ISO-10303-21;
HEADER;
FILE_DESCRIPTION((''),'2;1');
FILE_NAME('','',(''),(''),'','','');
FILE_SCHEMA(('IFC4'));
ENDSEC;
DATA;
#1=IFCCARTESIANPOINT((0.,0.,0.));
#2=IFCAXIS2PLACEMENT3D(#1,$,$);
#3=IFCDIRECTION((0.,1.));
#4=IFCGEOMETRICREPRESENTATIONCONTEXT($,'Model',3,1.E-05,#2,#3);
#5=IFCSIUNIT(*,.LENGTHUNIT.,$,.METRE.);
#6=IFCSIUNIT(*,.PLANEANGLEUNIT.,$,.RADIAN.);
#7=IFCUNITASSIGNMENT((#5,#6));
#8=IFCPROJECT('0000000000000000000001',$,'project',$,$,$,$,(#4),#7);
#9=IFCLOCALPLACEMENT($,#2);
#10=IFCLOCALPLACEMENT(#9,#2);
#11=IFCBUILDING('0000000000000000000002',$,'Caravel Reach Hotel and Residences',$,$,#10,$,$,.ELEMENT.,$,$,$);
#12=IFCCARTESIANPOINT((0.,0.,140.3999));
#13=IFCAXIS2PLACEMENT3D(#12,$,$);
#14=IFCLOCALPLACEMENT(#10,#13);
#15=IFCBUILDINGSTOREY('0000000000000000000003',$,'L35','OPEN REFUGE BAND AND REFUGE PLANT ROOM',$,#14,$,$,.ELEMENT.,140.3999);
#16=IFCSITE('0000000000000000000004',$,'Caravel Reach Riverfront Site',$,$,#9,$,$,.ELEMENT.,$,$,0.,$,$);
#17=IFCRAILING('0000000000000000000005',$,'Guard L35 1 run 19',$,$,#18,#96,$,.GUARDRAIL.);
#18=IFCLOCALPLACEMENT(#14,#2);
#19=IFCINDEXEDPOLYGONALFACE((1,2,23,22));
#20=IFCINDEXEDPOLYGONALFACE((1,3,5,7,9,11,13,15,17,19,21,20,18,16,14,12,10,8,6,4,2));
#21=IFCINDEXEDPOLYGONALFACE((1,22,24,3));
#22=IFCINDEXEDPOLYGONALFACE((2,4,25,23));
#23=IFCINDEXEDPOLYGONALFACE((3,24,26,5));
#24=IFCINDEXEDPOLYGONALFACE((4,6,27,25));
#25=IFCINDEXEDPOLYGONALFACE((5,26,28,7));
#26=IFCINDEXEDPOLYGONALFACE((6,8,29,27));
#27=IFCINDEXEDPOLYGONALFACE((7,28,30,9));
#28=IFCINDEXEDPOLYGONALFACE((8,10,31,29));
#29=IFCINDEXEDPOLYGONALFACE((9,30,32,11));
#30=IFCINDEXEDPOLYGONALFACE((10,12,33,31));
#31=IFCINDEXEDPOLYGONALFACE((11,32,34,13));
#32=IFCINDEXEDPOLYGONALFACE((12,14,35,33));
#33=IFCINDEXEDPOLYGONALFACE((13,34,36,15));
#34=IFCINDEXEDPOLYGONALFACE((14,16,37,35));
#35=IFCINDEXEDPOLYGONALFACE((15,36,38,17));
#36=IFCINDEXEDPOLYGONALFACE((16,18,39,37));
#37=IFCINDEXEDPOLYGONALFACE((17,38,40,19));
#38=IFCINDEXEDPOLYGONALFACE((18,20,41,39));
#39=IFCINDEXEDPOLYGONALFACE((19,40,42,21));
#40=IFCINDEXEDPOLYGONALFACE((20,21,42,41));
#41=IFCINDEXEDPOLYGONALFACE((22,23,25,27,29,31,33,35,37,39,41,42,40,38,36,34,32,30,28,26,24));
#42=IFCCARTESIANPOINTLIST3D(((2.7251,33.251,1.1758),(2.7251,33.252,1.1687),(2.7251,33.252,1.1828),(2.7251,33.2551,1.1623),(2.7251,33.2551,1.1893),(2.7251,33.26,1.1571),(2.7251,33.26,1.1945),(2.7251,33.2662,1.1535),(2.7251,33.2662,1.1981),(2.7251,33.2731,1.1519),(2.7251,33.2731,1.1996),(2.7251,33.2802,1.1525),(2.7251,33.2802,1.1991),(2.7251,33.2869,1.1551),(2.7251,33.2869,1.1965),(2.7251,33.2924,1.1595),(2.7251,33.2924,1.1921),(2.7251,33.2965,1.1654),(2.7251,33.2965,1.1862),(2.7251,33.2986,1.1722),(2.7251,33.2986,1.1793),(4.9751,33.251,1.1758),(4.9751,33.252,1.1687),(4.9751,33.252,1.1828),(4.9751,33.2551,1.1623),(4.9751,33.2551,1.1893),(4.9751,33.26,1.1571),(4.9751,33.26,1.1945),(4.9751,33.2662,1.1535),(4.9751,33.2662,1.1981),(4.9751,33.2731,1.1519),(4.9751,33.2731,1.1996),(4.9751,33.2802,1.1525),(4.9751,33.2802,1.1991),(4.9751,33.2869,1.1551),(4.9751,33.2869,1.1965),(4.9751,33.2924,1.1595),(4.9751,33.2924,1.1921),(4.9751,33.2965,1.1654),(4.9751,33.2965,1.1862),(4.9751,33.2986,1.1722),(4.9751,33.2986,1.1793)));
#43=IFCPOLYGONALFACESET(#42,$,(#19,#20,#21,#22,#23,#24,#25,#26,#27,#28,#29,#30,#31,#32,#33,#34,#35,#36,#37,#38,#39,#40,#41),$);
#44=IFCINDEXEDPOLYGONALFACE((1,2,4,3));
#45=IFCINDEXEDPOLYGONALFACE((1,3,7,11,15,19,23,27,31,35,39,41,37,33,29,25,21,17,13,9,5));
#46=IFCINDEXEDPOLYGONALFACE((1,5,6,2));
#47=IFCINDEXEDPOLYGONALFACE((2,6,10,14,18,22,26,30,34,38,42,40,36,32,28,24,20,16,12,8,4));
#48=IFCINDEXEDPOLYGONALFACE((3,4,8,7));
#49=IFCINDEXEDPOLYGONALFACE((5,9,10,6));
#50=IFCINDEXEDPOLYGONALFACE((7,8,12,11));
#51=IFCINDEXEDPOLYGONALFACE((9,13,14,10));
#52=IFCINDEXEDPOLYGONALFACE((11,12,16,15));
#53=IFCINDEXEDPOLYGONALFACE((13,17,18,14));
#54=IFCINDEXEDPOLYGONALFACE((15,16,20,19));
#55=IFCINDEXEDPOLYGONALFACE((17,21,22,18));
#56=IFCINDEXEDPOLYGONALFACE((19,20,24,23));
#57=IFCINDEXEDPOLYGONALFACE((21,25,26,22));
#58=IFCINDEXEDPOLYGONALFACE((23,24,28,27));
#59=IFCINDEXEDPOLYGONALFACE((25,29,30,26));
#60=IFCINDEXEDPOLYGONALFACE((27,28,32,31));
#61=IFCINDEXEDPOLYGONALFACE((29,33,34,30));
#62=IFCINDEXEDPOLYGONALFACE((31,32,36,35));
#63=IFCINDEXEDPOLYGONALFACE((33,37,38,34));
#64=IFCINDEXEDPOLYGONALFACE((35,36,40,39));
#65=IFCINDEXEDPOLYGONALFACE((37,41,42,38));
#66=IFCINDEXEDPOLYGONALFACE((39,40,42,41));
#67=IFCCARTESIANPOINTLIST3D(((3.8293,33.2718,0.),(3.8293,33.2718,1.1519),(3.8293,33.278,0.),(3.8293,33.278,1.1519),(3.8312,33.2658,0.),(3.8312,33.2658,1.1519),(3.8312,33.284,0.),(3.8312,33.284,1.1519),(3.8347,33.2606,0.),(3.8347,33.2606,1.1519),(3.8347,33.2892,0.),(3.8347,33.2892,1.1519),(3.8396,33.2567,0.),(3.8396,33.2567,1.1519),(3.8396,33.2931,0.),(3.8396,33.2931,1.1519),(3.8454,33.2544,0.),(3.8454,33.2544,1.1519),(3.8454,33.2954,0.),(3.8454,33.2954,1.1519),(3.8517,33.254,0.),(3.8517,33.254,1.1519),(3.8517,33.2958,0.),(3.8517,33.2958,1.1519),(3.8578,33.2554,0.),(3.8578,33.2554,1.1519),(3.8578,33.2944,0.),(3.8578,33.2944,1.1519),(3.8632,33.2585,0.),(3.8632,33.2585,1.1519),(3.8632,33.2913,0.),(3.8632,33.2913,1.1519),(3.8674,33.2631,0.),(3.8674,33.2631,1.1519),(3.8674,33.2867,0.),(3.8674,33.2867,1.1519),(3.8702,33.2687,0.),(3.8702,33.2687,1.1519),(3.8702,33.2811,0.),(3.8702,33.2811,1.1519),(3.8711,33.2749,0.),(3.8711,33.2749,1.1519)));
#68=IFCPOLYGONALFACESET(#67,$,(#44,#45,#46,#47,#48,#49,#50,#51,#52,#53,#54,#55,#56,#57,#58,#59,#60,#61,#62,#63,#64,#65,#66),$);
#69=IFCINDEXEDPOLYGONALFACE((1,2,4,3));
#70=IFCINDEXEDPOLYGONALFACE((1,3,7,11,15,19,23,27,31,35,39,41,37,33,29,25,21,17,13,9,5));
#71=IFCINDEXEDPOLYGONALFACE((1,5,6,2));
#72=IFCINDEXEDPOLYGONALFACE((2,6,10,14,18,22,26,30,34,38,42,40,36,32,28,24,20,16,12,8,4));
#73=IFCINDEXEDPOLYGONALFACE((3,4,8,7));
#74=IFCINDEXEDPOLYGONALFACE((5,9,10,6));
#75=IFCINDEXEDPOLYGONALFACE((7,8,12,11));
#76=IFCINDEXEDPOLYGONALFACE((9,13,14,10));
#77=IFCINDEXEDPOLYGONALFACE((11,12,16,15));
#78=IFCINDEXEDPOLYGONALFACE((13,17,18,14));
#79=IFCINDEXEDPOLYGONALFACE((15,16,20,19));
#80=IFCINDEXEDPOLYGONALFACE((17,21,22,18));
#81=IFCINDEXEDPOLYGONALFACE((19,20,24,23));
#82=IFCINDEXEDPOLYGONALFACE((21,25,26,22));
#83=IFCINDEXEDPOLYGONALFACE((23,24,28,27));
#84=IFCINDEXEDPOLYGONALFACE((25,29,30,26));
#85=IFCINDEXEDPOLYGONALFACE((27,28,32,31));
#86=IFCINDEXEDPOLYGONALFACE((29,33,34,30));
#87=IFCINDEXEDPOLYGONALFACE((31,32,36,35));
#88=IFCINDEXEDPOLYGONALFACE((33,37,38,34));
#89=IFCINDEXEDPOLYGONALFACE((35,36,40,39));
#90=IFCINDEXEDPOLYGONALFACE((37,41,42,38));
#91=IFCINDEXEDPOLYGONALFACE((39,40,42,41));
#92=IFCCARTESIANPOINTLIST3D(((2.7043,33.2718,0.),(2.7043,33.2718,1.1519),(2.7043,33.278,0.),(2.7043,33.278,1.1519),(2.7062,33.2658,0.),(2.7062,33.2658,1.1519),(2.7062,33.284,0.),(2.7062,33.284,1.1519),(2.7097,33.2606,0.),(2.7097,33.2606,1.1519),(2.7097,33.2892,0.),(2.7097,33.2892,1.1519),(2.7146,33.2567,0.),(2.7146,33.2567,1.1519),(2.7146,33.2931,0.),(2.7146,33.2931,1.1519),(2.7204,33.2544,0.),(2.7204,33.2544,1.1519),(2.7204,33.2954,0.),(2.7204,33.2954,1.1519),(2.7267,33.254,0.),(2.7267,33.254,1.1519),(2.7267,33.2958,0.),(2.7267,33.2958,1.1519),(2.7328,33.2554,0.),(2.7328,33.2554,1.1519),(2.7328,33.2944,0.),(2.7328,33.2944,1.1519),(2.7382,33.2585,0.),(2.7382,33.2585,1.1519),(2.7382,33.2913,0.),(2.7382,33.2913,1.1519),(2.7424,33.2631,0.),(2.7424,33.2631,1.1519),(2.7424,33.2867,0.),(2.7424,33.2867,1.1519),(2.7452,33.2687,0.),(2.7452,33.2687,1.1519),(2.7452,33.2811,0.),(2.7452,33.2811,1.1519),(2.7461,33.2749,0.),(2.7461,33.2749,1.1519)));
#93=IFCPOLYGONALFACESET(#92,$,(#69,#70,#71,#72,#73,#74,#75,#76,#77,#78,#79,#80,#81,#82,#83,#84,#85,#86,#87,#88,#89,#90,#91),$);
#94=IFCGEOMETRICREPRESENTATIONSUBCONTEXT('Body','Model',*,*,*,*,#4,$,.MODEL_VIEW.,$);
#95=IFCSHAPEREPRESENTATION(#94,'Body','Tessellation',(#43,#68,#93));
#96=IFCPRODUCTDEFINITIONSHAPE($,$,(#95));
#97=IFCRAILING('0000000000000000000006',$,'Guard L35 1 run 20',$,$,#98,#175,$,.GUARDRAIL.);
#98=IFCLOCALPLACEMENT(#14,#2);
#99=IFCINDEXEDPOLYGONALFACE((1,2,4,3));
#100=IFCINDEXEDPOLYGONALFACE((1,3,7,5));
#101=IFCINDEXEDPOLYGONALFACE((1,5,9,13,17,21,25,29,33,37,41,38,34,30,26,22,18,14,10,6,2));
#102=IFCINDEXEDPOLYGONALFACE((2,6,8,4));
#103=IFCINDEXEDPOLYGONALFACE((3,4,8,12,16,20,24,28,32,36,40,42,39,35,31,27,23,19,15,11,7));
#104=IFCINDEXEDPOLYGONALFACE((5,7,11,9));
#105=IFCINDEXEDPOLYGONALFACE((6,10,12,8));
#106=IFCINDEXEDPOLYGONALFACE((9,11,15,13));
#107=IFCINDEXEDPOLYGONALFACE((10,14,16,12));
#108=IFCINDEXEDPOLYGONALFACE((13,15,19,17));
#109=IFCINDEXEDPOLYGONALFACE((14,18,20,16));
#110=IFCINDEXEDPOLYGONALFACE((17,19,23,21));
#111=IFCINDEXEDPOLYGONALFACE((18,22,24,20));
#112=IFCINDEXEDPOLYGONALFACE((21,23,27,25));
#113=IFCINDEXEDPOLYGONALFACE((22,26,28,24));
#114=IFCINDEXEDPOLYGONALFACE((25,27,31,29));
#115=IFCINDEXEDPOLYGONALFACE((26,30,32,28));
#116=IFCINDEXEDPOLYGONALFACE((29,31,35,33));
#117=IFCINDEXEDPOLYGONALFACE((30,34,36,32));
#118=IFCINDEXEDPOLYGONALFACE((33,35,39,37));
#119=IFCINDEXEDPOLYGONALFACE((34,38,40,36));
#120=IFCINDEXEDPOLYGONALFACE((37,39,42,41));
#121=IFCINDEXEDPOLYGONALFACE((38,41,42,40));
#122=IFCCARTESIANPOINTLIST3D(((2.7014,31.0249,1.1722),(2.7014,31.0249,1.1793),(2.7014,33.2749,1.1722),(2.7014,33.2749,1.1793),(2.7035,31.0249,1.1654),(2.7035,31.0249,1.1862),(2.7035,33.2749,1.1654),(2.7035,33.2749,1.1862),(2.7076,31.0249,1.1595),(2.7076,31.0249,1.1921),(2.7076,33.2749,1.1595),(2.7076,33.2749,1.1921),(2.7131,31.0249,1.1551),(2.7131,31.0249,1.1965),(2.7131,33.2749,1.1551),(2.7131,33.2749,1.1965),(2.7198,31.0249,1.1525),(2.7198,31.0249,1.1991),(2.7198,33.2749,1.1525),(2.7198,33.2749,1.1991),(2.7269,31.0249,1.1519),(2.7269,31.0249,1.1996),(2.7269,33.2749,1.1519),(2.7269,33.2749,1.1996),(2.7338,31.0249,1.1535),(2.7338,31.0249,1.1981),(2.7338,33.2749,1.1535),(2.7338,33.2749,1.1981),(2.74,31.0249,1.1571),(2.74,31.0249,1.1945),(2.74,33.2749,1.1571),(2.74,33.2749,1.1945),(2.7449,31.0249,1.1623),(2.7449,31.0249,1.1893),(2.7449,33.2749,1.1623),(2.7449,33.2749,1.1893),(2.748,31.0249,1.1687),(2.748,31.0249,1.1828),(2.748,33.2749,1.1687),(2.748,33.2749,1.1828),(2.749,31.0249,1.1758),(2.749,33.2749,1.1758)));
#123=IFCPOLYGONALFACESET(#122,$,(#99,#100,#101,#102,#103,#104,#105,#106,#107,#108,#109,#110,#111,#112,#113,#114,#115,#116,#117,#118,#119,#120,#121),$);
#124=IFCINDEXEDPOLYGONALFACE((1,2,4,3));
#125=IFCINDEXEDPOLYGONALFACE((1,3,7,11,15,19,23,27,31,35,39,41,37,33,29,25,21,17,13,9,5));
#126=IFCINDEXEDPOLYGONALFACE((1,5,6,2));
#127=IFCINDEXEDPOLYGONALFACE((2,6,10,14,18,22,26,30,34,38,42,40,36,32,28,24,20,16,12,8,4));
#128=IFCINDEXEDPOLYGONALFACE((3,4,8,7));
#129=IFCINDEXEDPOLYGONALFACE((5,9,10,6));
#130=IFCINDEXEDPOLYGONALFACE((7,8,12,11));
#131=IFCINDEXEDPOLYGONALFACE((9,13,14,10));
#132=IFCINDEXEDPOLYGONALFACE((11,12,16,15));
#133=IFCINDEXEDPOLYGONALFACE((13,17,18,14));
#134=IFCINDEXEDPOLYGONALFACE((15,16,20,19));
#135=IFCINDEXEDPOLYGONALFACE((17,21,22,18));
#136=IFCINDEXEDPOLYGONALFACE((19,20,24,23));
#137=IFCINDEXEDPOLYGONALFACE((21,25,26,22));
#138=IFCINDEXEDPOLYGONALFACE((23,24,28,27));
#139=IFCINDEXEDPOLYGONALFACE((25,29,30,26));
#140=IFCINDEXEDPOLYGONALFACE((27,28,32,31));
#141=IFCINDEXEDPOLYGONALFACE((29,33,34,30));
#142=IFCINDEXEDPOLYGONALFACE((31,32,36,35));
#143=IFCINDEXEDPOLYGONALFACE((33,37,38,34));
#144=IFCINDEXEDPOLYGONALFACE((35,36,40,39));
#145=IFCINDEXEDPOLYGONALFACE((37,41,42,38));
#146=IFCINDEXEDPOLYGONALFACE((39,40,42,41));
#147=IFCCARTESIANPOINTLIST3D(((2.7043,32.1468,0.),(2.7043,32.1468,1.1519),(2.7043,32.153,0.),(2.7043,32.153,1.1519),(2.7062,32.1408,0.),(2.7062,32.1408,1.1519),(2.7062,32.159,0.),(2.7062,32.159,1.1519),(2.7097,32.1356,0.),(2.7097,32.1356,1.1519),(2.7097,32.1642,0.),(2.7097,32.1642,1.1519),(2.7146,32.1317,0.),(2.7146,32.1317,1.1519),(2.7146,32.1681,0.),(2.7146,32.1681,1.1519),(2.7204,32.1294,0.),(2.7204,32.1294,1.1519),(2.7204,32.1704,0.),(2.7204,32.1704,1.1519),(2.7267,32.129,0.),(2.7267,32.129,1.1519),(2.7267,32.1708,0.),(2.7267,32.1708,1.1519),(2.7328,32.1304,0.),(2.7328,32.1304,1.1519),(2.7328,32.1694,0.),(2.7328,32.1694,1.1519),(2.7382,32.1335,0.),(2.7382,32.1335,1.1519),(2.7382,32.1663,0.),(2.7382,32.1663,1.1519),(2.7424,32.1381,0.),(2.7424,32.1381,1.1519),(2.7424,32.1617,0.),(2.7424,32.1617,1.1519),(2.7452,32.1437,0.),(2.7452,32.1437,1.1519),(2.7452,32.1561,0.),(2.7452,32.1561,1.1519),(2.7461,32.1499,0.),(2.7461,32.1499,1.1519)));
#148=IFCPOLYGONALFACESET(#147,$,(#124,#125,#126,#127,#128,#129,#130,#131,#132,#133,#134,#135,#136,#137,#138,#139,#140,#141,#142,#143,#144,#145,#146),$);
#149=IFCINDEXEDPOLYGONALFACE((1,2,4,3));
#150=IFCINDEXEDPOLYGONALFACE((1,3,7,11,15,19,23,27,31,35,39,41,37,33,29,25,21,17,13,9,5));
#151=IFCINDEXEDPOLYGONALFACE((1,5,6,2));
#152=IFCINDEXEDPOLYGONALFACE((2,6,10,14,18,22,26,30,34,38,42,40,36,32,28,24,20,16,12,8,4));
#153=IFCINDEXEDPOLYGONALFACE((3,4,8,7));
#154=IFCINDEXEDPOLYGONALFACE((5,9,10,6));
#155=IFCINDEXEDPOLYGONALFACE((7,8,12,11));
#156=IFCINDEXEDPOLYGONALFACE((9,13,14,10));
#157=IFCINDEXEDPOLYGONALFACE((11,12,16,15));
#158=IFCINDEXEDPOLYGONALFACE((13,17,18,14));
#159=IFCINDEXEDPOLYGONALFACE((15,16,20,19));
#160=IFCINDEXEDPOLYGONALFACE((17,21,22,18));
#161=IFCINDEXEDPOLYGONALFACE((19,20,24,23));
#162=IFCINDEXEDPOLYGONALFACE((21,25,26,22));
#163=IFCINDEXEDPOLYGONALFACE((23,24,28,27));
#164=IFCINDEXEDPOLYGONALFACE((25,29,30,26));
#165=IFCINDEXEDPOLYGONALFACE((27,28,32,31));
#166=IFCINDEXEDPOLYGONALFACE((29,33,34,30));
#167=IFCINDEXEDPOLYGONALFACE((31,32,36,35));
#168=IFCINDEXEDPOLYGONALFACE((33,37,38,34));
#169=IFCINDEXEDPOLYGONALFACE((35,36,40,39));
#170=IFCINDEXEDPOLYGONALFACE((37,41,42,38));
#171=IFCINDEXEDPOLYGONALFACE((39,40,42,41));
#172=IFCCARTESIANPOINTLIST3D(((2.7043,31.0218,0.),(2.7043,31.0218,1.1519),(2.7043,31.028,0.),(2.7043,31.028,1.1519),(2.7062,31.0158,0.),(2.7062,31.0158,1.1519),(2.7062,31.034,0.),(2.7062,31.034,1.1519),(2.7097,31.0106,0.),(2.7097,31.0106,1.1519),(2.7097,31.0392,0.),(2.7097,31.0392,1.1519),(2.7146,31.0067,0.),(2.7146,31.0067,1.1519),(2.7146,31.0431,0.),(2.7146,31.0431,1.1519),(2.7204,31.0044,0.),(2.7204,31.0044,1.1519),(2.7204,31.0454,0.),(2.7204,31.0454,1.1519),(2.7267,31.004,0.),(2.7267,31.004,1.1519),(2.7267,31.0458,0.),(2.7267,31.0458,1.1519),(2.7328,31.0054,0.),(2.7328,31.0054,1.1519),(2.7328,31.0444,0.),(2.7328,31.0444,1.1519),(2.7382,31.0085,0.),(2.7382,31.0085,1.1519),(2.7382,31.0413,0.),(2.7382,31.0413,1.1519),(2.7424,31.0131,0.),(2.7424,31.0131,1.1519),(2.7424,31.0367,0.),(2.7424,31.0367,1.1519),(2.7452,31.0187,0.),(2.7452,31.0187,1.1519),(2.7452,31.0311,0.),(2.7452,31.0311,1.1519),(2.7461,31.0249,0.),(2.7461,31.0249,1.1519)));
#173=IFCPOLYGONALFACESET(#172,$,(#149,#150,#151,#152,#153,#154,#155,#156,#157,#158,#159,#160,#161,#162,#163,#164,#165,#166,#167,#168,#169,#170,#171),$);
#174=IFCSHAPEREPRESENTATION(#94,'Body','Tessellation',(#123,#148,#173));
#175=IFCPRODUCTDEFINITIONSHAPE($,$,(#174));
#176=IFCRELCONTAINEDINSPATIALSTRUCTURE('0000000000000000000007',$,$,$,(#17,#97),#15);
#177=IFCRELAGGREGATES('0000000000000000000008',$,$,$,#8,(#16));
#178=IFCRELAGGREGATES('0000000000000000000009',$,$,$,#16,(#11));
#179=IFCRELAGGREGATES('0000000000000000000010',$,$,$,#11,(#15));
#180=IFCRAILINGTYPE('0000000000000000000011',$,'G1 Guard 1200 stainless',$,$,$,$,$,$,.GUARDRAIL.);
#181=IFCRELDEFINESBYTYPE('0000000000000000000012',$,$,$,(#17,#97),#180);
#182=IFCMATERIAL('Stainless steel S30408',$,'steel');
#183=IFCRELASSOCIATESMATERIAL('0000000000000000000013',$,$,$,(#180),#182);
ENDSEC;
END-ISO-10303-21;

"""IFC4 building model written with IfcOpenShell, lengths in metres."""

from ifc_helpers import new_model, si_unit, direction, frame, origin, origin_2d, place, context, subcontext, project, spatial, circle, extrude, material, type_object, element, save


model = new_model("IFC4")

# Units and contexts
model_context = context("Model", 3, precision=1e-05, world=origin(), true_north=direction((0.0, 1.0)))
body_context = subcontext(model_context, "Body", "Model", "MODEL_VIEW")
ifc_project = project(units=[si_unit("LENGTHUNIT", "METRE"), si_unit("PLANEANGLEUNIT", "RADIAN")], contexts=[model_context])

# Site, building, storey
site_placement = place(None, origin())
site = spatial("IfcSite", under=ifc_project, at=site_placement, Name="Caravel Reach Riverfront Site", CompositionType="ELEMENT", RefElevation=0.0)
building_placement = place(site_placement, origin())
building = spatial("IfcBuilding", under=site, at=building_placement, Name="Caravel Reach Hotel and Residences", CompositionType="ELEMENT")
storey_placement = place(building_placement, frame((0.0, 0.0, 140.3999)))
storey = spatial("IfcBuildingStorey", under=building, at=storey_placement, Name="L35", Description="OPEN REFUGE BAND AND REFUGE PLANT ROOM", CompositionType="ELEMENT", Elevation=140.3999)

# Railings
ifc_material_1 = material(Name="Stainless steel S30408", Category="steel")
railing_type = type_object("IfcRailingType", Name="G1 Guard 1200 stainless", PredefinedType="GUARDRAIL", material=ifc_material_1)
railing_1_placement = place(storey_placement, frame((4.9751, 33.2749, 0.0)))
element("IfcRailing", 1, at=railing_1_placement, inside=storey, type_object=railing_type, Name="Guard L35 1 run 19", PredefinedType="GUARDRAIL", context=body_context, shape_type="SweptSolid", body=[
    extrude(circle(Radius=0.0239, at=origin_2d()), frame((0.0, 0.0, 1.1758), z_axis=(-1.0, 0.0, 0.0), x_axis=(0.0, -1.0, 0.0)), (0.0, 0.0, 1.0), 2.25),
    extrude(circle(Radius=0.021, at=origin_2d()), frame((-1.125, 0.0, 0.0)), (0.0, 0.0, 1.0), 1.1519),
    extrude(circle(Radius=0.021, at=origin_2d()), frame((-2.25, 0.0, 0.0)), (0.0, 0.0, 1.0), 1.1519),
])
railing_2_placement = place(storey_placement, frame((2.7251, 33.2749, 0.0)))
element("IfcRailing", 2, at=railing_2_placement, inside=storey, type_object=railing_type, Name="Guard L35 1 run 20", PredefinedType="GUARDRAIL", context=body_context, shape_type="SweptSolid", body=[
    extrude(circle(Radius=0.0239, at=origin_2d()), frame((0.0, 0.0, 1.1758), z_axis=(0.0, -1.0, 0.0), x_axis=(1.0, 0.0, 0.0)), (0.0, 0.0, 1.0), 2.25),
    extrude(circle(Radius=0.021, at=origin_2d()), frame((0.0, -1.125, 0.0)), (0.0, 0.0, 1.0), 1.1519),
    extrude(circle(Radius=0.021, at=origin_2d()), frame((0.0, -2.25, 0.0)), (0.0, 0.0, 1.0), 1.1519),
])

save(model, "model.ifc")
